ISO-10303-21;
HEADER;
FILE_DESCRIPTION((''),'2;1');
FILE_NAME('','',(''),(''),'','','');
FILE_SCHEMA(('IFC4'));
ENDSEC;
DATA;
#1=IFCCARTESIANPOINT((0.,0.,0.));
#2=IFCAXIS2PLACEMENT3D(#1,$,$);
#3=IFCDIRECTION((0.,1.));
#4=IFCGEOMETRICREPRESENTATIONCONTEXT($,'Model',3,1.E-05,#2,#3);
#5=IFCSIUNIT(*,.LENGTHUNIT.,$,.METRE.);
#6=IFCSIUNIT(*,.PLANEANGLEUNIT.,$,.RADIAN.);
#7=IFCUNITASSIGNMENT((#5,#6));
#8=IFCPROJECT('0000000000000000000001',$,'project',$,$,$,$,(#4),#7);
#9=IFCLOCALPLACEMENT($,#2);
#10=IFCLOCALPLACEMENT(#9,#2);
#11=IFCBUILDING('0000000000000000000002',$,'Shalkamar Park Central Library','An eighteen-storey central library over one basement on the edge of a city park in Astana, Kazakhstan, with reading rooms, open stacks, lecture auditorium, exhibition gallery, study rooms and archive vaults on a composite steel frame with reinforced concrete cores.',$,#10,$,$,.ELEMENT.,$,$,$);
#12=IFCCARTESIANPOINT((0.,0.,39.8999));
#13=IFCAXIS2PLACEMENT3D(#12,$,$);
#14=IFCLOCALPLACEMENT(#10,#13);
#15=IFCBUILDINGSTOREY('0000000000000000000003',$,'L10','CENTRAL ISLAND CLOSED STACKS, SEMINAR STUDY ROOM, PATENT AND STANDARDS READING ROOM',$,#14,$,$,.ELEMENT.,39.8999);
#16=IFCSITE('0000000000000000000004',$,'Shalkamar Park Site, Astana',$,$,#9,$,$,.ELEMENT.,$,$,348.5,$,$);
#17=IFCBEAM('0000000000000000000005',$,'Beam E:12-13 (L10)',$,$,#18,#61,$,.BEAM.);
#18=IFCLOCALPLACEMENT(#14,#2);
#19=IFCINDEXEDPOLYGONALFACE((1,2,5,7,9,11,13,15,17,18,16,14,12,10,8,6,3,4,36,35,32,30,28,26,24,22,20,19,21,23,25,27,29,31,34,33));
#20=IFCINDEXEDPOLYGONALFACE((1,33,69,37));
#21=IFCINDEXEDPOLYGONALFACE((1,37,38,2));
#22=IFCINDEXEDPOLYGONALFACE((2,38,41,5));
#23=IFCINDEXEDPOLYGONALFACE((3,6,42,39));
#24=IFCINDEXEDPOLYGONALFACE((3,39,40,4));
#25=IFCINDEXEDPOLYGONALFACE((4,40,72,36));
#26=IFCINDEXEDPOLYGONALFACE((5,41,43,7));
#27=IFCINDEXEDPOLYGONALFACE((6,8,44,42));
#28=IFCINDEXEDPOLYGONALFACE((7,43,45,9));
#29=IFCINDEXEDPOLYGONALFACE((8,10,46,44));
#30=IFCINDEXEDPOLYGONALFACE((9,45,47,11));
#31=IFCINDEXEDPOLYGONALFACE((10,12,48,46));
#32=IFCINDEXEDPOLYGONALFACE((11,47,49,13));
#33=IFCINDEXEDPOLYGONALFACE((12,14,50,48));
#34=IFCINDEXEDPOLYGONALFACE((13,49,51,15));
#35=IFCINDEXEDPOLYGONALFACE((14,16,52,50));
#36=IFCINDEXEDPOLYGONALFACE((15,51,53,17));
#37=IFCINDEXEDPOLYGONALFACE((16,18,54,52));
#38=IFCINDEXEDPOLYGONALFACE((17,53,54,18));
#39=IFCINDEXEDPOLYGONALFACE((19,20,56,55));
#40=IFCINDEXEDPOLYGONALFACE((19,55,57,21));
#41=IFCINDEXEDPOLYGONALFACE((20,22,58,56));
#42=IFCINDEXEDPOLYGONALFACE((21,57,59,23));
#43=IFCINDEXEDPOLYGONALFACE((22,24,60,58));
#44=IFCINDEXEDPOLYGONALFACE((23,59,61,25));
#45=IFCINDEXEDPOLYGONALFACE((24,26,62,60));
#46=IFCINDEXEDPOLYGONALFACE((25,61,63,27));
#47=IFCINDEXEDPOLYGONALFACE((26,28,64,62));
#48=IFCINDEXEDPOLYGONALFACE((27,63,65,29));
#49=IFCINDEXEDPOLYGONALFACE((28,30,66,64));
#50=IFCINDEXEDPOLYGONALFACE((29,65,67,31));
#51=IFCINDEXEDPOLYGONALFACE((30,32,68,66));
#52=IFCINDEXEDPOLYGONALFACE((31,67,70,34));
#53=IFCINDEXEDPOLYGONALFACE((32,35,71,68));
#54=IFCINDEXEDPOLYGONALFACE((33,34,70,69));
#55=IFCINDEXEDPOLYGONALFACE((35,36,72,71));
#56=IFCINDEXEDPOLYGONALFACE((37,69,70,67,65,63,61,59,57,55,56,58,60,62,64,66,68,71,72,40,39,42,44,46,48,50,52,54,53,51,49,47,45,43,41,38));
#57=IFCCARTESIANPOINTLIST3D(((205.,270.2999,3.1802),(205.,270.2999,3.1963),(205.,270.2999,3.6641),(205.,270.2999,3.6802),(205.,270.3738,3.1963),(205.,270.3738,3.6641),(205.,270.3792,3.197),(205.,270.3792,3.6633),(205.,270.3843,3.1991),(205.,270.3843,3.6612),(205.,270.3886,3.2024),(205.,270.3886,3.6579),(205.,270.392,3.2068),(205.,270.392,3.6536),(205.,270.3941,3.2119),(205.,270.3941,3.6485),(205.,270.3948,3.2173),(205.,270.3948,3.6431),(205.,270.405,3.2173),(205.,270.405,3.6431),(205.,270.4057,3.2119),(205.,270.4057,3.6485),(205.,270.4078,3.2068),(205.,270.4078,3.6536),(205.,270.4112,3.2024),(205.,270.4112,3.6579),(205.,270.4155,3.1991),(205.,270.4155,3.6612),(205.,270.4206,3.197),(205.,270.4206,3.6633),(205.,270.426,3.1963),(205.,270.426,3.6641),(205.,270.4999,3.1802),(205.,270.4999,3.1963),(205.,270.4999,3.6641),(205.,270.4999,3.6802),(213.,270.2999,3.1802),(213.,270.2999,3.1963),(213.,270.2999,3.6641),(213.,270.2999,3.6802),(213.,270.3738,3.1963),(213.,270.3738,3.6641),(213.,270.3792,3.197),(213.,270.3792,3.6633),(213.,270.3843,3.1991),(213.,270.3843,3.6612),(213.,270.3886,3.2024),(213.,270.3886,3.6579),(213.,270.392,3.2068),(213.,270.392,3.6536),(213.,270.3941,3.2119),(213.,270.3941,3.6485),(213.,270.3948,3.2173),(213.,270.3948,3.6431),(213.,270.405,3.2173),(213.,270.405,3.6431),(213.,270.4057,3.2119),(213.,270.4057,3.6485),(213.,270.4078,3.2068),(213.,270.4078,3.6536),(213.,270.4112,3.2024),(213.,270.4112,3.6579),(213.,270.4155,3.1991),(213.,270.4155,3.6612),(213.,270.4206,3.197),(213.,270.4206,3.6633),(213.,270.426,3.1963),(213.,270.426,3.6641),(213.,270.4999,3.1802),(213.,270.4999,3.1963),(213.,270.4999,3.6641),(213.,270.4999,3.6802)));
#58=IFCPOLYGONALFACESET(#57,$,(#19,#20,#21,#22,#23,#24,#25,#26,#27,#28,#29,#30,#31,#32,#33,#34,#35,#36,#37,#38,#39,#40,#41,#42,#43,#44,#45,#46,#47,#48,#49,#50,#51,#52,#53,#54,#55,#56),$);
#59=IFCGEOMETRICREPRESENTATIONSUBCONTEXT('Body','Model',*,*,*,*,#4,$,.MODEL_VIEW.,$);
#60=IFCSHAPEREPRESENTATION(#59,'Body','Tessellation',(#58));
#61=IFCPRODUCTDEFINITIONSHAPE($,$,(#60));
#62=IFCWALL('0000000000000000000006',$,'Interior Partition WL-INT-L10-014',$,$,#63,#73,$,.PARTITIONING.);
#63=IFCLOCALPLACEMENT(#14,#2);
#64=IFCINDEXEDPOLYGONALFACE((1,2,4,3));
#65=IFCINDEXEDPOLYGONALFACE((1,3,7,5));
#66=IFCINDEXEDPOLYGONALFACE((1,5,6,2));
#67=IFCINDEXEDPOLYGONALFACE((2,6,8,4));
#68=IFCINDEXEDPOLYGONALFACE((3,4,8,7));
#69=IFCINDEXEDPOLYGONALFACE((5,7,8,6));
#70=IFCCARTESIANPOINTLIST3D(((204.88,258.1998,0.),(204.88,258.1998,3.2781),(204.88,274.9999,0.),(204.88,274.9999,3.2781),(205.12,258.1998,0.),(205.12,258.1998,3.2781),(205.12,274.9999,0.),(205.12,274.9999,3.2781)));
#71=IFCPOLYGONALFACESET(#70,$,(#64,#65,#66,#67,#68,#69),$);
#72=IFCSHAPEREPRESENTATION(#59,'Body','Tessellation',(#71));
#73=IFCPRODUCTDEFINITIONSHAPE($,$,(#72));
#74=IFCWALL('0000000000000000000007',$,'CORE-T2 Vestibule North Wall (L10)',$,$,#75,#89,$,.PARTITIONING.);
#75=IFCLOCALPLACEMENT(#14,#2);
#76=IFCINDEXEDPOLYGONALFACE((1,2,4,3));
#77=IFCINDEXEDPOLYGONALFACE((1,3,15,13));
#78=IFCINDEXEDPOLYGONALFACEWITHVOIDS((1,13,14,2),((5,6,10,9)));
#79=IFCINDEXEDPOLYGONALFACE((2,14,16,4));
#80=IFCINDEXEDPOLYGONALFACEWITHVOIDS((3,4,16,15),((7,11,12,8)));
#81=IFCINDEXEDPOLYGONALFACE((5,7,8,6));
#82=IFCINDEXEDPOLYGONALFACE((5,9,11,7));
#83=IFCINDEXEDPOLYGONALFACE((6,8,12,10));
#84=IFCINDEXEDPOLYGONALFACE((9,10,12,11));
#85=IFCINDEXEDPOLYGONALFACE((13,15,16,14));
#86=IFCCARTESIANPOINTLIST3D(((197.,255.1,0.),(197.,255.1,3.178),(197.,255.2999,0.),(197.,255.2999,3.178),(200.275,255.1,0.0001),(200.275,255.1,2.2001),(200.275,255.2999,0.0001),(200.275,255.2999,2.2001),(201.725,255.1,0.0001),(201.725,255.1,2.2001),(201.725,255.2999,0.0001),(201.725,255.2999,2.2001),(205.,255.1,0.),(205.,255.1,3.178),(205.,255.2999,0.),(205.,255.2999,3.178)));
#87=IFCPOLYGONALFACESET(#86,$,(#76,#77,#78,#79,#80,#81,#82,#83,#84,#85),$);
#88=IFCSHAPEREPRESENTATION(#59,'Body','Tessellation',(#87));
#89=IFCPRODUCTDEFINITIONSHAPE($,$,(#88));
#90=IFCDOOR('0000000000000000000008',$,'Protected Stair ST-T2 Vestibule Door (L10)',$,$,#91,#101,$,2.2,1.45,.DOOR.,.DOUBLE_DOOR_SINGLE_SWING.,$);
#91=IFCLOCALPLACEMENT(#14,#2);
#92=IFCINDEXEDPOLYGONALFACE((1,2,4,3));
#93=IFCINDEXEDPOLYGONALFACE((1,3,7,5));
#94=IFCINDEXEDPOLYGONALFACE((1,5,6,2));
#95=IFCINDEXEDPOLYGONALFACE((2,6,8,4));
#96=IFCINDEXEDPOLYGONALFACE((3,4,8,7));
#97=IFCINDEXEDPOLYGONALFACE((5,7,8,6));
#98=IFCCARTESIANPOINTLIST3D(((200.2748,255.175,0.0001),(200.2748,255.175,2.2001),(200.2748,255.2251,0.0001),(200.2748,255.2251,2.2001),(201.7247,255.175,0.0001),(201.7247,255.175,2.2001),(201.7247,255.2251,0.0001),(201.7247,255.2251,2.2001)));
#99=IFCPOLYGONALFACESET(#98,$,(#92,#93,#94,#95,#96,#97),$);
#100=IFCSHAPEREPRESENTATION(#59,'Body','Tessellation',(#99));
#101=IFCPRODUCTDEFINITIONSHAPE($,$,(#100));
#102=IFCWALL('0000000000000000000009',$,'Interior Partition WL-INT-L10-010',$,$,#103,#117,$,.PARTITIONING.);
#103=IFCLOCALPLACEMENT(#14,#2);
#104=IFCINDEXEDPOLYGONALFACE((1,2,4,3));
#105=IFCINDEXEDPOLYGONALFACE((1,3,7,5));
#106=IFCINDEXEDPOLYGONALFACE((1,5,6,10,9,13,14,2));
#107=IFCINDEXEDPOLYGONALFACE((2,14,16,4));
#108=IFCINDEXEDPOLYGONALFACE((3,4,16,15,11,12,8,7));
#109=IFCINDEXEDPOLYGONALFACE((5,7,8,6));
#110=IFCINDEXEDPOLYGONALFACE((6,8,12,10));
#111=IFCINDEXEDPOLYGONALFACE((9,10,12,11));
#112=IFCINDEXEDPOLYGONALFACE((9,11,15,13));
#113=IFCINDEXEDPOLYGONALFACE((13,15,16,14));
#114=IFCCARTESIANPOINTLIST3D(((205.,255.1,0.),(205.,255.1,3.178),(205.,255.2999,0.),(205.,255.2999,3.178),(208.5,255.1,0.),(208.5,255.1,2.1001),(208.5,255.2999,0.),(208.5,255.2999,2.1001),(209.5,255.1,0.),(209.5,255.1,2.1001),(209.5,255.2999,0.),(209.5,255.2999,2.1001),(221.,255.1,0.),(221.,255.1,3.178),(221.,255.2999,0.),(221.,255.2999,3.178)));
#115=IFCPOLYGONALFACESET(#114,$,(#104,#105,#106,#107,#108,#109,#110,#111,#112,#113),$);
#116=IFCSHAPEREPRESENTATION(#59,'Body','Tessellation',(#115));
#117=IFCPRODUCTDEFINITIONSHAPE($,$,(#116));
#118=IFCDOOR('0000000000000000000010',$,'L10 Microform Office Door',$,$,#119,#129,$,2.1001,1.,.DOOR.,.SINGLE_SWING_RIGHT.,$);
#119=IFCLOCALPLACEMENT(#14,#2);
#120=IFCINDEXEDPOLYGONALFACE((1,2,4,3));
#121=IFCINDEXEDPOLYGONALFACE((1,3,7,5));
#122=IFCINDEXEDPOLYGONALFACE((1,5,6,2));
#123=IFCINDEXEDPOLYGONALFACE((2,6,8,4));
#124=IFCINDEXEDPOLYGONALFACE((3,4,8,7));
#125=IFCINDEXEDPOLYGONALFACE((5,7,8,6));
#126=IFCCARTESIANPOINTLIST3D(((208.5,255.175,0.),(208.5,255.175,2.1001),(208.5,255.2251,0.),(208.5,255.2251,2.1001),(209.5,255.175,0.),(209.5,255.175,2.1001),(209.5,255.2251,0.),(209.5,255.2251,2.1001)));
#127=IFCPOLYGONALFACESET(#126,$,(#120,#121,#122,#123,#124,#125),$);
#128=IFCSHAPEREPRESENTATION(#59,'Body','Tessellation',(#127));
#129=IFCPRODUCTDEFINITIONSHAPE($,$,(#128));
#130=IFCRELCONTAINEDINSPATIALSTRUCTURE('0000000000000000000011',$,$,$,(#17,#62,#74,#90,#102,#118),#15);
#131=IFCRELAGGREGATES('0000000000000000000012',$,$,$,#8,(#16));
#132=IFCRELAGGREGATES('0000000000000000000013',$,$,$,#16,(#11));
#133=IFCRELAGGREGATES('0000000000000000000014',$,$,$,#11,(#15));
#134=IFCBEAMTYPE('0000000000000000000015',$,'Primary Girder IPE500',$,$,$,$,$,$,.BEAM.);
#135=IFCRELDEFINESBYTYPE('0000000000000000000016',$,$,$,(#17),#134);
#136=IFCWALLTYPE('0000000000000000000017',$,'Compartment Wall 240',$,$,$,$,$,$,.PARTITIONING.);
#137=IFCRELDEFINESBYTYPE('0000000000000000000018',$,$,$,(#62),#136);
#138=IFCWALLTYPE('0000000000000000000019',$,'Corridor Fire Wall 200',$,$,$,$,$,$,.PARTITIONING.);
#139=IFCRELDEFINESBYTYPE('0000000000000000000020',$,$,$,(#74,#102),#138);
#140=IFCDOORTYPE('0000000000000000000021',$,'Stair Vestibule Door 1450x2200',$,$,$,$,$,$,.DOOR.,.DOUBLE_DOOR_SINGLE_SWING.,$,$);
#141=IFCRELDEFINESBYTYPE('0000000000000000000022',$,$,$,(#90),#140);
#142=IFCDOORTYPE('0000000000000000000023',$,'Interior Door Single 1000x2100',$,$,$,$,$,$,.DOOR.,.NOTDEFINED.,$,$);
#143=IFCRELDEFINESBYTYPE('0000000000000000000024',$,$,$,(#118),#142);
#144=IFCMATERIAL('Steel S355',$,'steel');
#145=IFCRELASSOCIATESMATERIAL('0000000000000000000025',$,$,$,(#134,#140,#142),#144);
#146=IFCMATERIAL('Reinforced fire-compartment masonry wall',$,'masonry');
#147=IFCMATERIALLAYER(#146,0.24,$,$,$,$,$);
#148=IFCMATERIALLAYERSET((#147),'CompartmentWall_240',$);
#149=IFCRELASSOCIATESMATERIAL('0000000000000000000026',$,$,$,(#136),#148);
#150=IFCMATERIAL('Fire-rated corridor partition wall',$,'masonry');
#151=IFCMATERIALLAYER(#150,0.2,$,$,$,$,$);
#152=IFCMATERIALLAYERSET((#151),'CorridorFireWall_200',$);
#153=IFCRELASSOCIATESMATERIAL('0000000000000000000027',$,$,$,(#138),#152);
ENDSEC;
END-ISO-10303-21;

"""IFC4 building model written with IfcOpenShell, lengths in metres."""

from ifc_helpers import new_model, si_unit, direction, frame, frame_2d, origin, origin_2d, place, context, subcontext, project, spatial, rectangle, i_section, extrude, material, layer, layer_set, material_profile, profile_set, type_object, element, fill, save


model = new_model("IFC4")

# Units and contexts
model_context = context("Model", 3, precision=1e-05, world=origin(), true_north=direction((0.0, 1.0)))
body_context = subcontext(model_context, "Body", "Model", "MODEL_VIEW")
ifc_project = project(units=[si_unit("LENGTHUNIT", "METRE"), si_unit("PLANEANGLEUNIT", "RADIAN")], contexts=[model_context])

# Site, building, storey
site_placement = place(None, origin())
site = spatial("IfcSite", under=ifc_project, at=site_placement, Name="Shalkamar Park Site, Astana", CompositionType="ELEMENT", RefElevation=348.5)
building_placement = place(site_placement, origin())
building = spatial("IfcBuilding", under=site, at=building_placement, Name="Shalkamar Park Central Library", Description="An eighteen-storey central library over one basement on the edge of a city park in Astana, Kazakhstan, with reading rooms, open stacks, lecture auditorium, exhibition gallery, study rooms and archive vaults on a composite steel frame with reinforced concrete cores.", CompositionType="ELEMENT")
storey_placement = place(building_placement, frame((0.0, 0.0, 39.8999)))
storey = spatial("IfcBuildingStorey", under=building, at=storey_placement, Name="L10", Description="CENTRAL ISLAND CLOSED STACKS, SEMINAR STUDY ROOM, PATENT AND STANDARDS READING ROOM", CompositionType="ELEMENT", Elevation=39.8999)

# Shared definitions
ifc_material_1 = material(Name="Steel S355", Category="steel")

# Beam
ifc_material_profile_1 = material_profile(ifc_material_1, i_section(OverallWidth=0.2, OverallDepth=0.5, WebThickness=0.0103, FlangeThickness=0.0161, FilletRadius=0.021, at=origin_2d()), Name="IPE 500")
ifc_profile_set_1 = profile_set([ifc_material_profile_1], Name="Steel S355")
beam_type_1 = type_object("IfcBeamType", Name="Primary Girder IPE500", PredefinedType="BEAM", material=ifc_profile_set_1)
for number, where, z_axis, x_axis, name in (
    (1, (205.0, 270.3999, 3.4302), (1.0, 0.0, 0.0), (0.0, 1.0, 0.0), "Beam E:12-13 (L10)"),
):
    element("IfcBeam", number, at=place(storey_placement, frame(where, z_axis=z_axis, x_axis=x_axis)), inside=storey, type_object=beam_type_1, Name=name, PredefinedType="BEAM", context=body_context, shape_type="SweptSolid", body=[
        extrude(i_section(OverallWidth=0.2, OverallDepth=0.5, WebThickness=0.0103, FlangeThickness=0.0161, FilletRadius=0.021, at=origin_2d()), origin(), (0.0, 0.0, 1.0), 8.0),
    ])

# Wall
ifc_material_2 = material(Name="Reinforced fire-compartment masonry wall", Category="masonry")
ifc_layer_1 = layer(ifc_material_2, 0.24)
ifc_layer_set_1 = layer_set([ifc_layer_1], Name="CompartmentWall_240")
wall_type_1 = type_object("IfcWallType", Name="Compartment Wall 240", PredefinedType="PARTITIONING", material=ifc_layer_set_1)
wall_1_placement = place(storey_placement, frame((205.0, 258.2, 0.0), z_axis=(0.0, 0.0, 1.0), x_axis=(0.0, 1.0, 0.0)))
element("IfcWall", 2, at=wall_1_placement, inside=storey, type_object=wall_type_1, Name="Interior Partition WL-INT-L10-014", PredefinedType="PARTITIONING", context=body_context, shape_type="SweptSolid", body=[
    extrude(rectangle(XDim=16.8, YDim=0.24, at=frame_2d((8.3999, 0.0))), origin(), (0.0, 0.0, 1.0), 3.2781),
])

# Walls, openings, doors
ifc_material_3 = material(Name="Fire-rated corridor partition wall", Category="masonry")
ifc_layer_2 = layer(ifc_material_3, 0.2)
ifc_layer_set_2 = layer_set([ifc_layer_2], Name="CorridorFireWall_200")
wall_type_2 = type_object("IfcWallType", Name="Corridor Fire Wall 200", PredefinedType="PARTITIONING", material=ifc_layer_set_2)
wall_2_placement = place(storey_placement, frame((197.0, 255.2, 0.0), z_axis=(0.0, 0.0, 1.0), x_axis=(1.0, 0.0, 0.0)))
wall_2 = element("IfcWall", 3, at=wall_2_placement, inside=storey, type_object=wall_type_2, Name="CORE-T2 Vestibule North Wall (L10)", PredefinedType="PARTITIONING", context=body_context, shape_type="SweptSolid", body=[
    extrude(rectangle(XDim=8.0, YDim=0.2, at=frame_2d((4.0, 0.0))), origin(), (0.0, 0.0, 1.0), 3.178),
])
opening_1_placement = place(wall_2_placement, frame((3.2749, 0.0, 0.0)))
opening_1 = element("IfcOpeningElement", 4, at=opening_1_placement, cuts=wall_2, PredefinedType="OPENING", context=body_context, shape_type="SweptSolid", body=[
    extrude(rectangle(XDim=1.45, YDim=2.2, at=frame_2d((0.7251, 1.1001))), frame((0.0, 0.1147, 0.0), z_axis=(0.0, -1.0, 0.0), x_axis=(1.0, 0.0, 0.0)), (0.0, 0.0, 1.0), 0.2297),
])
door_type_1 = type_object("IfcDoorType", Name="Stair Vestibule Door 1450x2200", OperationType="DOUBLE_DOOR_SINGLE_SWING", PredefinedType="DOOR", material=ifc_material_1)
door_1_placement = place(opening_1_placement, frame((1.45, 0.0, 0.0), z_axis=(0.0, 0.0, 1.0), x_axis=(-1.0, 0.0, 0.0)))
door_1 = element("IfcDoor", 5, at=door_1_placement, inside=storey, type_object=door_type_1, Name="Protected Stair ST-T2 Vestibule Door (L10)", OperationType="DOUBLE_DOOR_SINGLE_SWING", OverallHeight=2.2, OverallWidth=1.45, PredefinedType="DOOR", context=body_context, shape_type="SweptSolid", body=[
    extrude(rectangle(XDim=1.45, YDim=2.2, at=frame_2d((0.7251, 1.1001))), frame((0.0, 0.0249, 0.0), z_axis=(0.0, -1.0, 0.0), x_axis=(1.0, 0.0, 0.0)), (0.0, 0.0, 1.0), 0.05),
])
fill(opening_1, door_1)
wall_3_placement = place(storey_placement, frame((205.0, 255.2, 0.0), z_axis=(0.0, 0.0, 1.0), x_axis=(1.0, 0.0, 0.0)))
wall_3 = element("IfcWall", 6, at=wall_3_placement, inside=storey, type_object=wall_type_2, Name="Interior Partition WL-INT-L10-010", PredefinedType="PARTITIONING", context=body_context, shape_type="SweptSolid", body=[
    extrude(rectangle(XDim=16.0, YDim=0.2, at=frame_2d((8.0, 0.0))), origin(), (0.0, 0.0, 1.0), 3.178),
])
opening_2_placement = place(wall_3_placement, frame((3.5, 0.0, 0.0)))
opening_2 = element("IfcOpeningElement", 7, at=opening_2_placement, cuts=wall_3, PredefinedType="OPENING", context=body_context, shape_type="SweptSolid", body=[
    extrude(rectangle(XDim=1.0, YDim=2.1001, at=frame_2d((0.5, 1.05))), frame((0.0, 0.1147, 0.0), z_axis=(0.0, -1.0, 0.0), x_axis=(1.0, 0.0, 0.0)), (0.0, 0.0, 1.0), 0.2297),
])
door_type_2 = type_object("IfcDoorType", Name="Interior Door Single 1000x2100", OperationType="NOTDEFINED", PredefinedType="DOOR", material=ifc_material_1)
door_2_placement = place(opening_2_placement, frame((1.0, 0.0, 0.0), z_axis=(0.0, 0.0, 1.0), x_axis=(-1.0, 0.0, 0.0)))
door_2 = element("IfcDoor", 8, at=door_2_placement, inside=storey, type_object=door_type_2, Name="L10 Microform Office Door", OperationType="SINGLE_SWING_RIGHT", OverallHeight=2.1001, OverallWidth=1.0, PredefinedType="DOOR", context=body_context, shape_type="SweptSolid", body=[
    extrude(rectangle(XDim=1.0, YDim=2.1001, at=frame_2d((0.5, 1.05))), frame((0.0, 0.0249, 0.0), z_axis=(0.0, -1.0, 0.0), x_axis=(1.0, 0.0, 0.0)), (0.0, 0.0, 1.0), 0.05),
])
fill(opening_2, door_2)

save(model, "model.ifc")
